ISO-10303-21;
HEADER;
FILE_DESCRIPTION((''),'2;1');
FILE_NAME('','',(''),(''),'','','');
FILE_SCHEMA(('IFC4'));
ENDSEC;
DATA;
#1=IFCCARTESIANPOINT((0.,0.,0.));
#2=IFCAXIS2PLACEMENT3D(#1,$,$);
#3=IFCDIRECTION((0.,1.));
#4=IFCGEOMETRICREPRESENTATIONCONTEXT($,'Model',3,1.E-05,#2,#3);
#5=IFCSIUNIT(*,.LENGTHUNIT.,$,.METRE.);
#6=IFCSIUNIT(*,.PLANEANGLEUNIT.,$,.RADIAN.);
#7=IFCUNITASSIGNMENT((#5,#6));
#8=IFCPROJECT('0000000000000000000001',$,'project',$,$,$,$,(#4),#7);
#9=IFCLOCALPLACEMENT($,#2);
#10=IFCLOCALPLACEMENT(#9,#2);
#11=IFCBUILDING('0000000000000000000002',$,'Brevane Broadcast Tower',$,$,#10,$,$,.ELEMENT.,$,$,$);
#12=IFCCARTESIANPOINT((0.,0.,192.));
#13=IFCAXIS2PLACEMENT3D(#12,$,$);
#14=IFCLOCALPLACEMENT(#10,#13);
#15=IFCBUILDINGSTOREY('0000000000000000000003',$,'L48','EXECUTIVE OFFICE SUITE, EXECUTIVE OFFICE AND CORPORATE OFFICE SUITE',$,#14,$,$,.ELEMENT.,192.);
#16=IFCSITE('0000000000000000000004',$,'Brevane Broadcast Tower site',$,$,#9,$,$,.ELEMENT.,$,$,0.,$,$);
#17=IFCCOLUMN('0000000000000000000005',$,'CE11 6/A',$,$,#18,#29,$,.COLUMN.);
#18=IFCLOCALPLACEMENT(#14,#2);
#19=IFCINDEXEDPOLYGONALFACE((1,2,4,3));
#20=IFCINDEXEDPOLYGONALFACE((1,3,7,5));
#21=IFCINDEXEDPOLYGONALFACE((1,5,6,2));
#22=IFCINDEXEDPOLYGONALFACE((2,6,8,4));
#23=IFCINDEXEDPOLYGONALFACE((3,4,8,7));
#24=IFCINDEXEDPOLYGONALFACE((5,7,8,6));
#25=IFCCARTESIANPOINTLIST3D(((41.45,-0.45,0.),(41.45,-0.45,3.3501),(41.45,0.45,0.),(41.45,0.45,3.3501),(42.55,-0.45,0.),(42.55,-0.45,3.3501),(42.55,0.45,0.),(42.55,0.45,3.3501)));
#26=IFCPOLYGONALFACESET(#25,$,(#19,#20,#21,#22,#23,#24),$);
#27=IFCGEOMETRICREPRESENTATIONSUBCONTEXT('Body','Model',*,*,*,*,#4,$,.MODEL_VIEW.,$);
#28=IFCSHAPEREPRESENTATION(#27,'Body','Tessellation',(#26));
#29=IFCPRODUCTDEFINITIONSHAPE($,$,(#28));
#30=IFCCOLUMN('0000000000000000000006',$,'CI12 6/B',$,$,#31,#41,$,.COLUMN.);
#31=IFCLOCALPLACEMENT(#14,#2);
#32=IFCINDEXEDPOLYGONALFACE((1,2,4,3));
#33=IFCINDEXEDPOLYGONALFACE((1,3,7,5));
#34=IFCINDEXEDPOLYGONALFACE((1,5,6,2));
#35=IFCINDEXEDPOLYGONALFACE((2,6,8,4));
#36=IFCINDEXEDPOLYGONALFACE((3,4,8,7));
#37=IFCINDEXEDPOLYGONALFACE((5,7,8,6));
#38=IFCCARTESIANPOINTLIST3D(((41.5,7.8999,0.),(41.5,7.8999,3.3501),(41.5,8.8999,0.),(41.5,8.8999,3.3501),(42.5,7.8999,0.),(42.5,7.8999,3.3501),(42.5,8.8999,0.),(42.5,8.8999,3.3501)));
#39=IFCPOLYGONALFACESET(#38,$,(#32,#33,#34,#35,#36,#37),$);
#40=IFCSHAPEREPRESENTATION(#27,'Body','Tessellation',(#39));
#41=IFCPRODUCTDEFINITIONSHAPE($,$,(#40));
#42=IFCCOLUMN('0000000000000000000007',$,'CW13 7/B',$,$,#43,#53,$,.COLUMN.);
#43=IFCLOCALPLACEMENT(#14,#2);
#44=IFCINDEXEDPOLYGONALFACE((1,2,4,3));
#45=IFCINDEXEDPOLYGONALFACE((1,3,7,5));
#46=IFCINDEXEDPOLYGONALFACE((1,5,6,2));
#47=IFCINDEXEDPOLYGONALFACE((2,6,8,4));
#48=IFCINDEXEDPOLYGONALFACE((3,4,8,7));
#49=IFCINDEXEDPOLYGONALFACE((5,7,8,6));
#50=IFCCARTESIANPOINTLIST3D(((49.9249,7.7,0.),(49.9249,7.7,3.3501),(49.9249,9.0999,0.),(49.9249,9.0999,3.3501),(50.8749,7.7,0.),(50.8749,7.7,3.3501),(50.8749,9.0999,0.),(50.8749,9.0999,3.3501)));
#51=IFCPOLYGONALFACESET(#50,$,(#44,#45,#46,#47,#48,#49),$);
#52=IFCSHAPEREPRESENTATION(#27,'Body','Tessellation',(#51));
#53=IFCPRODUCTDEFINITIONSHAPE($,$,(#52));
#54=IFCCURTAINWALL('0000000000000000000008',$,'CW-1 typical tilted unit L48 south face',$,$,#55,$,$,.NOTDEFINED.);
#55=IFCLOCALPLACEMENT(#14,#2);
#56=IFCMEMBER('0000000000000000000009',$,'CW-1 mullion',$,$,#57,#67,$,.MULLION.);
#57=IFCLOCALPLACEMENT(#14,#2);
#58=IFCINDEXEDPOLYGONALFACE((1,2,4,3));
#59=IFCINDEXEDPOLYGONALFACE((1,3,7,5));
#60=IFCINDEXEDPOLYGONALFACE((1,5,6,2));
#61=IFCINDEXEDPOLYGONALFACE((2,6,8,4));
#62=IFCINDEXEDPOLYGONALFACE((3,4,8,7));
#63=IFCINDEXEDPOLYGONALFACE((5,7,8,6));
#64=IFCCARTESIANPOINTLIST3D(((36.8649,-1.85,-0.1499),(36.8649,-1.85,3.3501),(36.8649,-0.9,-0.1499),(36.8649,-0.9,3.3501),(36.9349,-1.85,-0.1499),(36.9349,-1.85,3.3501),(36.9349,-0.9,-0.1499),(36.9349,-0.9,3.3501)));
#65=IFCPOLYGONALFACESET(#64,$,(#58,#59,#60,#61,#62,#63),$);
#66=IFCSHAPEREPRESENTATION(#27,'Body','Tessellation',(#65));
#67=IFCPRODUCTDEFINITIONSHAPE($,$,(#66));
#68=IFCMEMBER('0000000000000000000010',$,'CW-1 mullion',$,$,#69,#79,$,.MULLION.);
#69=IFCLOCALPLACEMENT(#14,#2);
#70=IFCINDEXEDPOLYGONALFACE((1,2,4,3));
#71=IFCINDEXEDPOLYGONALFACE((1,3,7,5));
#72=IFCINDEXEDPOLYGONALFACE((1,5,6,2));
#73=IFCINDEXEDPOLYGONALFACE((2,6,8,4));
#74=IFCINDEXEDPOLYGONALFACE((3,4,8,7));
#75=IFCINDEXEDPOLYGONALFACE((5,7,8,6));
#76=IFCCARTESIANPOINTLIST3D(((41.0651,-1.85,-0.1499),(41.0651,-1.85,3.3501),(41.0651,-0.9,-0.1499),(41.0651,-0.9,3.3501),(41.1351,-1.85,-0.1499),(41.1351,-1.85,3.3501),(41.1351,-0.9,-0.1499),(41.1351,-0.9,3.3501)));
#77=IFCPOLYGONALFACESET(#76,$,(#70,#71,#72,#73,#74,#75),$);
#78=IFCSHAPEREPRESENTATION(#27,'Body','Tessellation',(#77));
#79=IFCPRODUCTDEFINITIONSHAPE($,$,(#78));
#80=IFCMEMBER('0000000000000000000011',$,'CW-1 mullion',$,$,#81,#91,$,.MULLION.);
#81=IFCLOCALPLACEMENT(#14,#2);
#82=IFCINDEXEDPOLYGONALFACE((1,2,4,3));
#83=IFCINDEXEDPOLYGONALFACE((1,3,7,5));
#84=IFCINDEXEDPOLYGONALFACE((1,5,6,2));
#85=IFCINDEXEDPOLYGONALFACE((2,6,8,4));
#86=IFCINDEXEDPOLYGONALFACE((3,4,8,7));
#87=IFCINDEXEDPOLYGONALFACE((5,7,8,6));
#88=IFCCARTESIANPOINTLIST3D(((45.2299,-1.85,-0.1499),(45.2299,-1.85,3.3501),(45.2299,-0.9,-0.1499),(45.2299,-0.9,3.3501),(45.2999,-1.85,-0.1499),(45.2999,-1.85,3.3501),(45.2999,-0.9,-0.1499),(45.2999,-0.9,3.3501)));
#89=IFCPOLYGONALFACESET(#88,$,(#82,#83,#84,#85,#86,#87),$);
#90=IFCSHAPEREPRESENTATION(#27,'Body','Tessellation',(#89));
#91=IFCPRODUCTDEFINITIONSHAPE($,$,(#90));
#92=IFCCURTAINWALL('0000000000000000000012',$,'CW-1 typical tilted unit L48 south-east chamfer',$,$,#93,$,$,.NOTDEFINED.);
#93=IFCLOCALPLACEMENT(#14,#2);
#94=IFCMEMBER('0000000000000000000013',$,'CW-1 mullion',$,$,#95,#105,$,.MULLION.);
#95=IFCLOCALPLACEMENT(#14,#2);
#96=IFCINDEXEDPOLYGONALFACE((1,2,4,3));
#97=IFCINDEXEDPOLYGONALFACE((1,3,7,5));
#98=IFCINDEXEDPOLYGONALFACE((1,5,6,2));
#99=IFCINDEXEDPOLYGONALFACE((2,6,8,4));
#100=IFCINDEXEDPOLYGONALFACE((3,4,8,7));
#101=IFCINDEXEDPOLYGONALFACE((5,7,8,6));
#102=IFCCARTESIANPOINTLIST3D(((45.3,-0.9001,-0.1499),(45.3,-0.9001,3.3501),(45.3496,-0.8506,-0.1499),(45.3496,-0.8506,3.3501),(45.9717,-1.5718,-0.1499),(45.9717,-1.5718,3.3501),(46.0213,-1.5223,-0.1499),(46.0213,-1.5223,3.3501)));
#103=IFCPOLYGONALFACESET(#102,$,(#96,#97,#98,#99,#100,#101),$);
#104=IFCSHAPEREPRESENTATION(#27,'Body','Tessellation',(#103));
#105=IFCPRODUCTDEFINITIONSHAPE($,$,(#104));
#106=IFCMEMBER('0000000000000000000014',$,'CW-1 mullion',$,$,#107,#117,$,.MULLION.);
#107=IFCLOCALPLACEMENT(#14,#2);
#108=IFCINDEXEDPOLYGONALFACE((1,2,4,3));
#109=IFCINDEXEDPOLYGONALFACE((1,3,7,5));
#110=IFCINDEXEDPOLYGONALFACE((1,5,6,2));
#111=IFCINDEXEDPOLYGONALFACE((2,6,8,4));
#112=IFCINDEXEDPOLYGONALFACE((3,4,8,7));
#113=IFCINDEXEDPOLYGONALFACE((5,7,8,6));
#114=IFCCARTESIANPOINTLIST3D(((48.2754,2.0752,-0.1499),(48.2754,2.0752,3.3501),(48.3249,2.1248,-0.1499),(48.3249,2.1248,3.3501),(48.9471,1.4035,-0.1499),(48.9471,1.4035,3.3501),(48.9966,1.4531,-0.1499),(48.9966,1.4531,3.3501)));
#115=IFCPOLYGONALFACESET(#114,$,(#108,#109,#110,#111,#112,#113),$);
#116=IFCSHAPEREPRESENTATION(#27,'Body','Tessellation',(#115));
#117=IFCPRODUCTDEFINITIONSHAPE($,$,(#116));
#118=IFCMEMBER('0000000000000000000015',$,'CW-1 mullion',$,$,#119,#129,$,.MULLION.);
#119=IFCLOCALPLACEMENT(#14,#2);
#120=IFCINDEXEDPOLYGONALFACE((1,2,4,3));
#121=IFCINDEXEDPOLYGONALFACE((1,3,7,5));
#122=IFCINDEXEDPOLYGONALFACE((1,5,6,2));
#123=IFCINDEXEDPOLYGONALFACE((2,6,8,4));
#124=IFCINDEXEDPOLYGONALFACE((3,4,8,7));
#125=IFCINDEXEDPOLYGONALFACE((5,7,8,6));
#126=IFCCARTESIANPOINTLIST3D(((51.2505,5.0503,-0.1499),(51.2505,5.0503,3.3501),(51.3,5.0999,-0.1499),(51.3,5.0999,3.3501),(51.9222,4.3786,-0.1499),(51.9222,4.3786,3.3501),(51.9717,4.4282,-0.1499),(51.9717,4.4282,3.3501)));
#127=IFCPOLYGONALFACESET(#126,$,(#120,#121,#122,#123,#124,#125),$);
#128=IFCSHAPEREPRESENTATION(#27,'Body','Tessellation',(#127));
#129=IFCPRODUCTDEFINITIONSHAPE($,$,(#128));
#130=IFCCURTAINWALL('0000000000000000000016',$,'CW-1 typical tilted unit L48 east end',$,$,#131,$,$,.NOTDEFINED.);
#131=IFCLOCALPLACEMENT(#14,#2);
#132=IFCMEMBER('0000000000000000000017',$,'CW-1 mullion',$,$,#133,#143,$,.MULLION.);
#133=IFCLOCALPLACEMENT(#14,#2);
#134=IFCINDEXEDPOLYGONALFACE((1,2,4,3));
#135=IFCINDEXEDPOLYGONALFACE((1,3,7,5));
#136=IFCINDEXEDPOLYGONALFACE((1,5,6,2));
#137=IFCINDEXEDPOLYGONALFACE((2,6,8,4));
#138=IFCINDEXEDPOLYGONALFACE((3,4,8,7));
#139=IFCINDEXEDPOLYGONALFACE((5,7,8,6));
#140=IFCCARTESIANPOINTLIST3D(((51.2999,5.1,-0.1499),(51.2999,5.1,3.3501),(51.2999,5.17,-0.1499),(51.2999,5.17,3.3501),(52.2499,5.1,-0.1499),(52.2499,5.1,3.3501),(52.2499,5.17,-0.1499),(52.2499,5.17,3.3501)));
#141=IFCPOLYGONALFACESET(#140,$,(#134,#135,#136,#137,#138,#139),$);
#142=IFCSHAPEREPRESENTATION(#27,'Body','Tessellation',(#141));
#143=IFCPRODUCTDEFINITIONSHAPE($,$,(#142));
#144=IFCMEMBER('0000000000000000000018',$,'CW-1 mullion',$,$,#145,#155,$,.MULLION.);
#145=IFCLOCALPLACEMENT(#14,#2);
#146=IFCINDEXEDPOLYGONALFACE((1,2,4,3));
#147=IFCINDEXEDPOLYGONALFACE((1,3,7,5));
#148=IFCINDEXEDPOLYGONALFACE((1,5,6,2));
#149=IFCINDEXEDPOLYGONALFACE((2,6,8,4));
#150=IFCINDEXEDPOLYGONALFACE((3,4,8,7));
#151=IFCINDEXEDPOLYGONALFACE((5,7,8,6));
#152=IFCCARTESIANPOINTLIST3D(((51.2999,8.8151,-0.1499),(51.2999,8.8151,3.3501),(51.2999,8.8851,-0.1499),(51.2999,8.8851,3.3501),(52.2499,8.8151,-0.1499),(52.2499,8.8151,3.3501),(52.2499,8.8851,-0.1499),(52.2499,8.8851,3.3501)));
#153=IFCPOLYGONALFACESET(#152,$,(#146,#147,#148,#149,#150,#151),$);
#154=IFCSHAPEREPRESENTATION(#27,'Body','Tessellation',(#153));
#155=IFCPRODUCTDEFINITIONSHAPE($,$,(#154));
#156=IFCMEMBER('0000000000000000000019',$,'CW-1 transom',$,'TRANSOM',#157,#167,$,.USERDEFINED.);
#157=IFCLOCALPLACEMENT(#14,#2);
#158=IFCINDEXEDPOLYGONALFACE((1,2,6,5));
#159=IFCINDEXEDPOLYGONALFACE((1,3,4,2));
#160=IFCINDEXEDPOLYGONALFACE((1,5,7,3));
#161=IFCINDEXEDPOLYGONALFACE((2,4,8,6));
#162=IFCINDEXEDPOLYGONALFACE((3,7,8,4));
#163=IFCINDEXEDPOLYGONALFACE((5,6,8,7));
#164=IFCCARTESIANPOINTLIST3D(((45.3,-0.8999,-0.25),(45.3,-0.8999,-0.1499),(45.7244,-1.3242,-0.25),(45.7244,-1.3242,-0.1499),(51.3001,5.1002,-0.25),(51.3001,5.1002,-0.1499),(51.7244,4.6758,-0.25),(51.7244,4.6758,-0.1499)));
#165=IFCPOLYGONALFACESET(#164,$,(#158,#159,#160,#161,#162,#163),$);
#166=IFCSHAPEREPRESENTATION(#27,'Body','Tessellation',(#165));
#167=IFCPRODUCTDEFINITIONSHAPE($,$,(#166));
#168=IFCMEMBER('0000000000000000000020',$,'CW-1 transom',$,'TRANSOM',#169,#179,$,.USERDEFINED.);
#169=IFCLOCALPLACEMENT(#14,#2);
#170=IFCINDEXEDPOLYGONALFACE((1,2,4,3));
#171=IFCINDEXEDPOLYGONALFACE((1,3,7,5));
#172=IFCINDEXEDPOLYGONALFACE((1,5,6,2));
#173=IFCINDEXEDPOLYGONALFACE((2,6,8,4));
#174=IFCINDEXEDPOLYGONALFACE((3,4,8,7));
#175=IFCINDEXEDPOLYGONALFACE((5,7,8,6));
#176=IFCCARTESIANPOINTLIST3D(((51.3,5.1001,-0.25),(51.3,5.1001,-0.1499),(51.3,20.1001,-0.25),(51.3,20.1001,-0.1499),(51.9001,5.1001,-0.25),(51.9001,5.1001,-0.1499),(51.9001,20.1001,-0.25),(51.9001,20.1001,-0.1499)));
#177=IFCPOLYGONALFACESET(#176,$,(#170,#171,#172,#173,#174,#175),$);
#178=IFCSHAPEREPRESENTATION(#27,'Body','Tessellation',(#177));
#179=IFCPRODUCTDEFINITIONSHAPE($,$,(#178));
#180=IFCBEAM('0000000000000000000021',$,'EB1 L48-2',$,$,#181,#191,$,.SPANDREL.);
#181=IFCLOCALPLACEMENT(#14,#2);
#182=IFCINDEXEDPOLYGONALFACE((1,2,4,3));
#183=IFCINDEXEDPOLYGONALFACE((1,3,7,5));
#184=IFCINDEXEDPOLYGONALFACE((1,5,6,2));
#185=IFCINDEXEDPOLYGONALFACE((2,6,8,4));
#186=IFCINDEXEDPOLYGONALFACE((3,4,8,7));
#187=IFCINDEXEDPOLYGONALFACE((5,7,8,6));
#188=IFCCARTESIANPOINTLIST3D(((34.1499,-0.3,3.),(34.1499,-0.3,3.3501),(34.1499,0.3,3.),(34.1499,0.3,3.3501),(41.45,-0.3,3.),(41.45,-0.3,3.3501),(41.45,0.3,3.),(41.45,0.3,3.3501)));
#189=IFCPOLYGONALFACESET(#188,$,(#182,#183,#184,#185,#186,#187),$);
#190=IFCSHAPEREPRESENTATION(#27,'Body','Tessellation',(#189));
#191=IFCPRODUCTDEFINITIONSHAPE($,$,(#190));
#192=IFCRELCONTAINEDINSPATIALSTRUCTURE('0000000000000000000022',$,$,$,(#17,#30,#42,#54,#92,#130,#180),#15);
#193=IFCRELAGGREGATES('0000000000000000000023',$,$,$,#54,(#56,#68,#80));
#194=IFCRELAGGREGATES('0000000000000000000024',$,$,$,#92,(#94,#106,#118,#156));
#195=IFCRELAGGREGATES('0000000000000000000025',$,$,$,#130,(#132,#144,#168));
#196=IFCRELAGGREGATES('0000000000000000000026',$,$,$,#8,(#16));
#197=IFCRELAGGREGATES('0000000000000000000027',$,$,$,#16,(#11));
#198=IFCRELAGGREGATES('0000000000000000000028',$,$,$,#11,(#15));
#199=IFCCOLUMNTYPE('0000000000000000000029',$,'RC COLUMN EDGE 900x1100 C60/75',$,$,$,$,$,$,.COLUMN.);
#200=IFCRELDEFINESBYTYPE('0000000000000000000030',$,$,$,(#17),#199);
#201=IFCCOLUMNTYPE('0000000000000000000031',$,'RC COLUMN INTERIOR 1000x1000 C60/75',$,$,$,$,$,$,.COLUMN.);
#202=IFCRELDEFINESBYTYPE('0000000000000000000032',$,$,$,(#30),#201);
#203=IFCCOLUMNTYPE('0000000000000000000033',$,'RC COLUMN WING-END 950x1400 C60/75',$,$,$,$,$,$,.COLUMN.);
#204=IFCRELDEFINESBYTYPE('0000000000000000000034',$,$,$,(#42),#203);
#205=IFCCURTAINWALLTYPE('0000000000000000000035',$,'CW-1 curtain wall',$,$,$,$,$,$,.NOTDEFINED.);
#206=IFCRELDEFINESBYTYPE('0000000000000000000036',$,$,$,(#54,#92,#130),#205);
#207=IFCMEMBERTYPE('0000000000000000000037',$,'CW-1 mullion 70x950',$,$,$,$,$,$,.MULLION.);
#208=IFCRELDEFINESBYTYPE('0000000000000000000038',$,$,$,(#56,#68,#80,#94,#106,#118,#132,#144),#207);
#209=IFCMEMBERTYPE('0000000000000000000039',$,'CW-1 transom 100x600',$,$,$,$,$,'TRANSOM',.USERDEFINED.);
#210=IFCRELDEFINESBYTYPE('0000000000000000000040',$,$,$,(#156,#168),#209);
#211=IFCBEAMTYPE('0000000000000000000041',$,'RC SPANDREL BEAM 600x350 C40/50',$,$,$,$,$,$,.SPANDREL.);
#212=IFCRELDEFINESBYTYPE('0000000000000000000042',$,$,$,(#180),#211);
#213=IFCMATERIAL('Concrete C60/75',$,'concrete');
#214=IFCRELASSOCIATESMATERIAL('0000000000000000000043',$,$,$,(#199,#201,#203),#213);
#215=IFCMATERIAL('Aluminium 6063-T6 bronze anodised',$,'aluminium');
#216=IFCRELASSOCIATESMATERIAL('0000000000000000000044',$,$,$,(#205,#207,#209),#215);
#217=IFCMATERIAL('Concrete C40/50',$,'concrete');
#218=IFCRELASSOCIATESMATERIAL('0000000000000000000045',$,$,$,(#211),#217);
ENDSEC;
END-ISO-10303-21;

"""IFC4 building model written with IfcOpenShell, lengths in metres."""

from ifc_helpers import new_model, si_unit, direction, frame, origin, origin_2d, place, context, subcontext, project, spatial, rectangle, extrude, material, material_profile, profile_set, type_object, element, aggregate, save


model = new_model("IFC4")

# Units and contexts
model_context = context("Model", 3, precision=1e-05, world=origin(), true_north=direction((0.0, 1.0)))
body_context = subcontext(model_context, "Body", "Model", "MODEL_VIEW")
ifc_project = project(units=[si_unit("LENGTHUNIT", "METRE"), si_unit("PLANEANGLEUNIT", "RADIAN")], contexts=[model_context])

# Site, building, storey
site_placement = place(None, origin())
site = spatial("IfcSite", under=ifc_project, at=site_placement, Name="Brevane Broadcast Tower site", CompositionType="ELEMENT", RefElevation=0.0)
building_placement = place(site_placement, origin())
building = spatial("IfcBuilding", under=site, at=building_placement, Name="Brevane Broadcast Tower", CompositionType="ELEMENT")
storey_placement = place(building_placement, frame((0.0, 0.0, 192.0)))
storey = spatial("IfcBuildingStorey", under=building, at=storey_placement, Name="L48", Description="EXECUTIVE OFFICE SUITE, EXECUTIVE OFFICE AND CORPORATE OFFICE SUITE", CompositionType="ELEMENT", Elevation=192.0)

# Columns
ifc_material_1 = material(Name="Concrete C60/75", Category="concrete")
ifc_material_profile_1 = material_profile(ifc_material_1, rectangle(XDim=0.8999, YDim=1.1001, at=origin_2d()), Name="RC 900x1100")
ifc_profile_set_1 = profile_set([ifc_material_profile_1], Name="Concrete C60/75")
column_type_1 = type_object("IfcColumnType", Name="RC COLUMN EDGE 900x1100 C60/75", PredefinedType="COLUMN", material=ifc_profile_set_1)
column_1_placement = place(storey_placement, frame((42.0, 0.0, 0.0), z_axis=(0.0, 0.0, 1.0), x_axis=(0.0, 1.0, 0.0)))
element("IfcColumn", 1, at=column_1_placement, inside=storey, type_object=column_type_1, Name="CE11 6/A", PredefinedType="COLUMN", context=body_context, shape_type="SweptSolid", body=[
    extrude(rectangle(XDim=0.8999, YDim=1.1001, at=origin_2d()), origin(), (0.0, 0.0, 1.0), 3.3501),
])
ifc_material_profile_2 = material_profile(ifc_material_1, rectangle(XDim=1.0, YDim=1.0, at=origin_2d()), Name="RC 1000x1000")
ifc_profile_set_2 = profile_set([ifc_material_profile_2], Name="Concrete C60/75")
column_type_2 = type_object("IfcColumnType", Name="RC COLUMN INTERIOR 1000x1000 C60/75", PredefinedType="COLUMN", material=ifc_profile_set_2)
column_2_placement = place(storey_placement, frame((42.0, 8.3999, 0.0), z_axis=(0.0, 0.0, 1.0), x_axis=(1.0, 0.0, 0.0)))
element("IfcColumn", 2, at=column_2_placement, inside=storey, type_object=column_type_2, Name="CI12 6/B", PredefinedType="COLUMN", context=body_context, shape_type="SweptSolid", body=[
    extrude(rectangle(XDim=1.0, YDim=1.0, at=origin_2d()), origin(), (0.0, 0.0, 1.0), 3.3501),
])
ifc_material_profile_3 = material_profile(ifc_material_1, rectangle(XDim=0.95, YDim=1.3999, at=origin_2d()), Name="RC 950x1400")
ifc_profile_set_3 = profile_set([ifc_material_profile_3], Name="Concrete C60/75")
column_type_3 = type_object("IfcColumnType", Name="RC COLUMN WING-END 950x1400 C60/75", PredefinedType="COLUMN", material=ifc_profile_set_3)
column_3_placement = place(storey_placement, frame((50.3999, 8.3999, 0.0), z_axis=(0.0, 0.0, 1.0), x_axis=(1.0, 0.0, 0.0)))
element("IfcColumn", 3, at=column_3_placement, inside=storey, type_object=column_type_3, Name="CW13 7/B", PredefinedType="COLUMN", context=body_context, shape_type="SweptSolid", body=[
    extrude(rectangle(XDim=0.95, YDim=1.3999, at=origin_2d()), origin(), (0.0, 0.0, 1.0), 3.3501),
])

# Curtain walls, members
ifc_material_2 = material(Name="Aluminium 6063-T6 bronze anodised", Category="aluminium")
curtain_wall_type = type_object("IfcCurtainWallType", Name="CW-1 curtain wall", PredefinedType="NOTDEFINED", material=ifc_material_2)
curtain_wall_1_placement = place(storey_placement, origin())
curtain_wall_1 = element("IfcCurtainWall", 4, at=curtain_wall_1_placement, inside=storey, type_object=curtain_wall_type, Name="CW-1 typical tilted unit L48 south face", PredefinedType="NOTDEFINED")
ifc_material_profile_4 = material_profile(ifc_material_2, rectangle(XDim=0.95, YDim=0.0701, at=origin_2d()), Name="RECT 70x950")
ifc_profile_set_4 = profile_set([ifc_material_profile_4], Name="Aluminium 6063-T6 bronze anodised")
member_type_1 = type_object("IfcMemberType", Name="CW-1 mullion 70x950", PredefinedType="MULLION", material=ifc_profile_set_4)
member_1_placement = place(storey_placement, frame((36.8999, -1.375, -0.1499), z_axis=(0.0, 0.0, 1.0), x_axis=(0.0, 1.0, 0.0)))
member_1 = element("IfcMember", 5, at=member_1_placement, type_object=member_type_1, Name="CW-1 mullion", PredefinedType="MULLION", context=body_context, shape_type="SweptSolid", body=[
    extrude(rectangle(XDim=0.95, YDim=0.0701, at=origin_2d()), origin(), (0.0, 0.0, 1.0), 3.5),
])
member_2_placement = place(storey_placement, frame((41.1001, -1.375, -0.1499), z_axis=(0.0, 0.0, 1.0), x_axis=(0.0, 1.0, 0.0)))
member_2 = element("IfcMember", 6, at=member_2_placement, type_object=member_type_1, Name="CW-1 mullion", PredefinedType="MULLION", context=body_context, shape_type="SweptSolid", body=[
    extrude(rectangle(XDim=0.95, YDim=0.0701, at=origin_2d()), origin(), (0.0, 0.0, 1.0), 3.5),
])
member_3_placement = place(storey_placement, frame((45.2649, -1.375, -0.1499), z_axis=(0.0, 0.0, 1.0), x_axis=(0.0, 1.0, 0.0)))
member_3 = element("IfcMember", 7, at=member_3_placement, type_object=member_type_1, Name="CW-1 mullion", PredefinedType="MULLION", context=body_context, shape_type="SweptSolid", body=[
    extrude(rectangle(XDim=0.95, YDim=0.0701, at=origin_2d()), origin(), (0.0, 0.0, 1.0), 3.5),
])
aggregate(curtain_wall_1, [member_1, member_2, member_3])
curtain_wall_2_placement = place(storey_placement, origin())
curtain_wall_2 = element("IfcCurtainWall", 8, at=curtain_wall_2_placement, inside=storey, type_object=curtain_wall_type, Name="CW-1 typical tilted unit L48 south-east chamfer", PredefinedType="NOTDEFINED")
member_4_placement = place(storey_placement, frame((45.6606, -1.2112, -0.1499), z_axis=(0.0, 0.0, 1.0), x_axis=(-0.707107, 0.707107, 0.0)))
member_4 = element("IfcMember", 9, at=member_4_placement, type_object=member_type_1, Name="CW-1 mullion", PredefinedType="MULLION", context=body_context, shape_type="SweptSolid", body=[
    extrude(rectangle(XDim=0.95, YDim=0.0701, at=origin_2d()), origin(), (0.0, 0.0, 1.0), 3.5),
])
member_5_placement = place(storey_placement, frame((48.636, 1.7642, -0.1499), z_axis=(0.0, 0.0, 1.0), x_axis=(-0.707107, 0.707107, 0.0)))
member_5 = element("IfcMember", 10, at=member_5_placement, type_object=member_type_1, Name="CW-1 mullion", PredefinedType="MULLION", context=body_context, shape_type="SweptSolid", body=[
    extrude(rectangle(XDim=0.95, YDim=0.0701, at=origin_2d()), origin(), (0.0, 0.0, 1.0), 3.5),
])
member_6_placement = place(storey_placement, frame((51.6111, 4.7393, -0.1499), z_axis=(0.0, 0.0, 1.0), x_axis=(-0.707107, 0.707107, 0.0)))
member_6 = element("IfcMember", 11, at=member_6_placement, type_object=member_type_1, Name="CW-1 mullion", PredefinedType="MULLION", context=body_context, shape_type="SweptSolid", body=[
    extrude(rectangle(XDim=0.95, YDim=0.0701, at=origin_2d()), origin(), (0.0, 0.0, 1.0), 3.5),
])
curtain_wall_3_placement = place(storey_placement, origin())
curtain_wall_3 = element("IfcCurtainWall", 12, at=curtain_wall_3_placement, inside=storey, type_object=curtain_wall_type, Name="CW-1 typical tilted unit L48 east end", PredefinedType="NOTDEFINED")
member_7_placement = place(storey_placement, frame((51.7749, 5.135, -0.1499), z_axis=(0.0, 0.0, 1.0), x_axis=(-1.0, 0.0, 0.0)))
member_7 = element("IfcMember", 13, at=member_7_placement, type_object=member_type_1, Name="CW-1 mullion", PredefinedType="MULLION", context=body_context, shape_type="SweptSolid", body=[
    extrude(rectangle(XDim=0.95, YDim=0.0701, at=origin_2d()), origin(), (0.0, 0.0, 1.0), 3.5),
])
member_8_placement = place(storey_placement, frame((51.7749, 8.8501, -0.1499), z_axis=(0.0, 0.0, 1.0), x_axis=(-1.0, 0.0, 0.0)))
member_8 = element("IfcMember", 14, at=member_8_placement, type_object=member_type_1, Name="CW-1 mullion", PredefinedType="MULLION", context=body_context, shape_type="SweptSolid", body=[
    extrude(rectangle(XDim=0.95, YDim=0.0701, at=origin_2d()), origin(), (0.0, 0.0, 1.0), 3.5),
])

# Members
ifc_material_profile_5 = material_profile(ifc_material_2, rectangle(XDim=0.6001, YDim=0.1001, at=origin_2d()), Name="RECT 100x600")
ifc_profile_set_5 = profile_set([ifc_material_profile_5], Name="Aluminium 6063-T6 bronze anodised")
member_type_2 = type_object("IfcMemberType", Name="CW-1 transom 100x600", ElementType="TRANSOM", PredefinedType="USERDEFINED", material=ifc_profile_set_5)
member_9_placement = place(storey_placement, frame((45.5122, -1.1121, -0.2), z_axis=(0.707107, 0.707107, 0.0), x_axis=(-0.707107, 0.707107, 0.0)))
member_9 = element("IfcMember", 15, at=member_9_placement, type_object=member_type_2, Name="CW-1 transom", ObjectType="TRANSOM", PredefinedType="USERDEFINED", context=body_context, shape_type="SweptSolid", body=[
    extrude(rectangle(XDim=0.6001, YDim=0.1001, at=origin_2d()), origin(), (0.0, 0.0, 1.0), 8.4854),
])
aggregate(curtain_wall_2, [member_4, member_5, member_6, member_9])
member_10_placement = place(storey_placement, frame((51.6001, 5.1001, -0.2), z_axis=(0.0, 1.0, 0.0), x_axis=(-1.0, 0.0, 0.0)))
member_10 = element("IfcMember", 16, at=member_10_placement, type_object=member_type_2, Name="CW-1 transom", ObjectType="TRANSOM", PredefinedType="USERDEFINED", context=body_context, shape_type="SweptSolid", body=[
    extrude(rectangle(XDim=0.6001, YDim=0.1001, at=origin_2d()), origin(), (0.0, 0.0, 1.0), 15.0),
])
aggregate(curtain_wall_3, [member_7, member_8, member_10])

# Beam
ifc_material_3 = material(Name="Concrete C40/50", Category="concrete")
ifc_material_profile_6 = material_profile(ifc_material_3, rectangle(XDim=0.6001, YDim=0.3501, at=origin_2d()), Name="RC 600x350")
ifc_profile_set_6 = profile_set([ifc_material_profile_6], Name="Concrete C40/50")
beam_type = type_object("IfcBeamType", Name="RC SPANDREL BEAM 600x350 C40/50", PredefinedType="SPANDREL", material=ifc_profile_set_6)
beam_1_placement = place(storey_placement, frame((34.1499, 0.0, 3.175), z_axis=(1.0, 0.0, 0.0), x_axis=(0.0, 1.0, 0.0)))
element("IfcBeam", 17, at=beam_1_placement, inside=storey, type_object=beam_type, Name="EB1 L48-2", PredefinedType="SPANDREL", context=body_context, shape_type="SweptSolid", body=[
    extrude(rectangle(XDim=0.6001, YDim=0.3501, at=origin_2d()), origin(), (0.0, 0.0, 1.0), 7.3),
])

save(model, "model.ifc")
